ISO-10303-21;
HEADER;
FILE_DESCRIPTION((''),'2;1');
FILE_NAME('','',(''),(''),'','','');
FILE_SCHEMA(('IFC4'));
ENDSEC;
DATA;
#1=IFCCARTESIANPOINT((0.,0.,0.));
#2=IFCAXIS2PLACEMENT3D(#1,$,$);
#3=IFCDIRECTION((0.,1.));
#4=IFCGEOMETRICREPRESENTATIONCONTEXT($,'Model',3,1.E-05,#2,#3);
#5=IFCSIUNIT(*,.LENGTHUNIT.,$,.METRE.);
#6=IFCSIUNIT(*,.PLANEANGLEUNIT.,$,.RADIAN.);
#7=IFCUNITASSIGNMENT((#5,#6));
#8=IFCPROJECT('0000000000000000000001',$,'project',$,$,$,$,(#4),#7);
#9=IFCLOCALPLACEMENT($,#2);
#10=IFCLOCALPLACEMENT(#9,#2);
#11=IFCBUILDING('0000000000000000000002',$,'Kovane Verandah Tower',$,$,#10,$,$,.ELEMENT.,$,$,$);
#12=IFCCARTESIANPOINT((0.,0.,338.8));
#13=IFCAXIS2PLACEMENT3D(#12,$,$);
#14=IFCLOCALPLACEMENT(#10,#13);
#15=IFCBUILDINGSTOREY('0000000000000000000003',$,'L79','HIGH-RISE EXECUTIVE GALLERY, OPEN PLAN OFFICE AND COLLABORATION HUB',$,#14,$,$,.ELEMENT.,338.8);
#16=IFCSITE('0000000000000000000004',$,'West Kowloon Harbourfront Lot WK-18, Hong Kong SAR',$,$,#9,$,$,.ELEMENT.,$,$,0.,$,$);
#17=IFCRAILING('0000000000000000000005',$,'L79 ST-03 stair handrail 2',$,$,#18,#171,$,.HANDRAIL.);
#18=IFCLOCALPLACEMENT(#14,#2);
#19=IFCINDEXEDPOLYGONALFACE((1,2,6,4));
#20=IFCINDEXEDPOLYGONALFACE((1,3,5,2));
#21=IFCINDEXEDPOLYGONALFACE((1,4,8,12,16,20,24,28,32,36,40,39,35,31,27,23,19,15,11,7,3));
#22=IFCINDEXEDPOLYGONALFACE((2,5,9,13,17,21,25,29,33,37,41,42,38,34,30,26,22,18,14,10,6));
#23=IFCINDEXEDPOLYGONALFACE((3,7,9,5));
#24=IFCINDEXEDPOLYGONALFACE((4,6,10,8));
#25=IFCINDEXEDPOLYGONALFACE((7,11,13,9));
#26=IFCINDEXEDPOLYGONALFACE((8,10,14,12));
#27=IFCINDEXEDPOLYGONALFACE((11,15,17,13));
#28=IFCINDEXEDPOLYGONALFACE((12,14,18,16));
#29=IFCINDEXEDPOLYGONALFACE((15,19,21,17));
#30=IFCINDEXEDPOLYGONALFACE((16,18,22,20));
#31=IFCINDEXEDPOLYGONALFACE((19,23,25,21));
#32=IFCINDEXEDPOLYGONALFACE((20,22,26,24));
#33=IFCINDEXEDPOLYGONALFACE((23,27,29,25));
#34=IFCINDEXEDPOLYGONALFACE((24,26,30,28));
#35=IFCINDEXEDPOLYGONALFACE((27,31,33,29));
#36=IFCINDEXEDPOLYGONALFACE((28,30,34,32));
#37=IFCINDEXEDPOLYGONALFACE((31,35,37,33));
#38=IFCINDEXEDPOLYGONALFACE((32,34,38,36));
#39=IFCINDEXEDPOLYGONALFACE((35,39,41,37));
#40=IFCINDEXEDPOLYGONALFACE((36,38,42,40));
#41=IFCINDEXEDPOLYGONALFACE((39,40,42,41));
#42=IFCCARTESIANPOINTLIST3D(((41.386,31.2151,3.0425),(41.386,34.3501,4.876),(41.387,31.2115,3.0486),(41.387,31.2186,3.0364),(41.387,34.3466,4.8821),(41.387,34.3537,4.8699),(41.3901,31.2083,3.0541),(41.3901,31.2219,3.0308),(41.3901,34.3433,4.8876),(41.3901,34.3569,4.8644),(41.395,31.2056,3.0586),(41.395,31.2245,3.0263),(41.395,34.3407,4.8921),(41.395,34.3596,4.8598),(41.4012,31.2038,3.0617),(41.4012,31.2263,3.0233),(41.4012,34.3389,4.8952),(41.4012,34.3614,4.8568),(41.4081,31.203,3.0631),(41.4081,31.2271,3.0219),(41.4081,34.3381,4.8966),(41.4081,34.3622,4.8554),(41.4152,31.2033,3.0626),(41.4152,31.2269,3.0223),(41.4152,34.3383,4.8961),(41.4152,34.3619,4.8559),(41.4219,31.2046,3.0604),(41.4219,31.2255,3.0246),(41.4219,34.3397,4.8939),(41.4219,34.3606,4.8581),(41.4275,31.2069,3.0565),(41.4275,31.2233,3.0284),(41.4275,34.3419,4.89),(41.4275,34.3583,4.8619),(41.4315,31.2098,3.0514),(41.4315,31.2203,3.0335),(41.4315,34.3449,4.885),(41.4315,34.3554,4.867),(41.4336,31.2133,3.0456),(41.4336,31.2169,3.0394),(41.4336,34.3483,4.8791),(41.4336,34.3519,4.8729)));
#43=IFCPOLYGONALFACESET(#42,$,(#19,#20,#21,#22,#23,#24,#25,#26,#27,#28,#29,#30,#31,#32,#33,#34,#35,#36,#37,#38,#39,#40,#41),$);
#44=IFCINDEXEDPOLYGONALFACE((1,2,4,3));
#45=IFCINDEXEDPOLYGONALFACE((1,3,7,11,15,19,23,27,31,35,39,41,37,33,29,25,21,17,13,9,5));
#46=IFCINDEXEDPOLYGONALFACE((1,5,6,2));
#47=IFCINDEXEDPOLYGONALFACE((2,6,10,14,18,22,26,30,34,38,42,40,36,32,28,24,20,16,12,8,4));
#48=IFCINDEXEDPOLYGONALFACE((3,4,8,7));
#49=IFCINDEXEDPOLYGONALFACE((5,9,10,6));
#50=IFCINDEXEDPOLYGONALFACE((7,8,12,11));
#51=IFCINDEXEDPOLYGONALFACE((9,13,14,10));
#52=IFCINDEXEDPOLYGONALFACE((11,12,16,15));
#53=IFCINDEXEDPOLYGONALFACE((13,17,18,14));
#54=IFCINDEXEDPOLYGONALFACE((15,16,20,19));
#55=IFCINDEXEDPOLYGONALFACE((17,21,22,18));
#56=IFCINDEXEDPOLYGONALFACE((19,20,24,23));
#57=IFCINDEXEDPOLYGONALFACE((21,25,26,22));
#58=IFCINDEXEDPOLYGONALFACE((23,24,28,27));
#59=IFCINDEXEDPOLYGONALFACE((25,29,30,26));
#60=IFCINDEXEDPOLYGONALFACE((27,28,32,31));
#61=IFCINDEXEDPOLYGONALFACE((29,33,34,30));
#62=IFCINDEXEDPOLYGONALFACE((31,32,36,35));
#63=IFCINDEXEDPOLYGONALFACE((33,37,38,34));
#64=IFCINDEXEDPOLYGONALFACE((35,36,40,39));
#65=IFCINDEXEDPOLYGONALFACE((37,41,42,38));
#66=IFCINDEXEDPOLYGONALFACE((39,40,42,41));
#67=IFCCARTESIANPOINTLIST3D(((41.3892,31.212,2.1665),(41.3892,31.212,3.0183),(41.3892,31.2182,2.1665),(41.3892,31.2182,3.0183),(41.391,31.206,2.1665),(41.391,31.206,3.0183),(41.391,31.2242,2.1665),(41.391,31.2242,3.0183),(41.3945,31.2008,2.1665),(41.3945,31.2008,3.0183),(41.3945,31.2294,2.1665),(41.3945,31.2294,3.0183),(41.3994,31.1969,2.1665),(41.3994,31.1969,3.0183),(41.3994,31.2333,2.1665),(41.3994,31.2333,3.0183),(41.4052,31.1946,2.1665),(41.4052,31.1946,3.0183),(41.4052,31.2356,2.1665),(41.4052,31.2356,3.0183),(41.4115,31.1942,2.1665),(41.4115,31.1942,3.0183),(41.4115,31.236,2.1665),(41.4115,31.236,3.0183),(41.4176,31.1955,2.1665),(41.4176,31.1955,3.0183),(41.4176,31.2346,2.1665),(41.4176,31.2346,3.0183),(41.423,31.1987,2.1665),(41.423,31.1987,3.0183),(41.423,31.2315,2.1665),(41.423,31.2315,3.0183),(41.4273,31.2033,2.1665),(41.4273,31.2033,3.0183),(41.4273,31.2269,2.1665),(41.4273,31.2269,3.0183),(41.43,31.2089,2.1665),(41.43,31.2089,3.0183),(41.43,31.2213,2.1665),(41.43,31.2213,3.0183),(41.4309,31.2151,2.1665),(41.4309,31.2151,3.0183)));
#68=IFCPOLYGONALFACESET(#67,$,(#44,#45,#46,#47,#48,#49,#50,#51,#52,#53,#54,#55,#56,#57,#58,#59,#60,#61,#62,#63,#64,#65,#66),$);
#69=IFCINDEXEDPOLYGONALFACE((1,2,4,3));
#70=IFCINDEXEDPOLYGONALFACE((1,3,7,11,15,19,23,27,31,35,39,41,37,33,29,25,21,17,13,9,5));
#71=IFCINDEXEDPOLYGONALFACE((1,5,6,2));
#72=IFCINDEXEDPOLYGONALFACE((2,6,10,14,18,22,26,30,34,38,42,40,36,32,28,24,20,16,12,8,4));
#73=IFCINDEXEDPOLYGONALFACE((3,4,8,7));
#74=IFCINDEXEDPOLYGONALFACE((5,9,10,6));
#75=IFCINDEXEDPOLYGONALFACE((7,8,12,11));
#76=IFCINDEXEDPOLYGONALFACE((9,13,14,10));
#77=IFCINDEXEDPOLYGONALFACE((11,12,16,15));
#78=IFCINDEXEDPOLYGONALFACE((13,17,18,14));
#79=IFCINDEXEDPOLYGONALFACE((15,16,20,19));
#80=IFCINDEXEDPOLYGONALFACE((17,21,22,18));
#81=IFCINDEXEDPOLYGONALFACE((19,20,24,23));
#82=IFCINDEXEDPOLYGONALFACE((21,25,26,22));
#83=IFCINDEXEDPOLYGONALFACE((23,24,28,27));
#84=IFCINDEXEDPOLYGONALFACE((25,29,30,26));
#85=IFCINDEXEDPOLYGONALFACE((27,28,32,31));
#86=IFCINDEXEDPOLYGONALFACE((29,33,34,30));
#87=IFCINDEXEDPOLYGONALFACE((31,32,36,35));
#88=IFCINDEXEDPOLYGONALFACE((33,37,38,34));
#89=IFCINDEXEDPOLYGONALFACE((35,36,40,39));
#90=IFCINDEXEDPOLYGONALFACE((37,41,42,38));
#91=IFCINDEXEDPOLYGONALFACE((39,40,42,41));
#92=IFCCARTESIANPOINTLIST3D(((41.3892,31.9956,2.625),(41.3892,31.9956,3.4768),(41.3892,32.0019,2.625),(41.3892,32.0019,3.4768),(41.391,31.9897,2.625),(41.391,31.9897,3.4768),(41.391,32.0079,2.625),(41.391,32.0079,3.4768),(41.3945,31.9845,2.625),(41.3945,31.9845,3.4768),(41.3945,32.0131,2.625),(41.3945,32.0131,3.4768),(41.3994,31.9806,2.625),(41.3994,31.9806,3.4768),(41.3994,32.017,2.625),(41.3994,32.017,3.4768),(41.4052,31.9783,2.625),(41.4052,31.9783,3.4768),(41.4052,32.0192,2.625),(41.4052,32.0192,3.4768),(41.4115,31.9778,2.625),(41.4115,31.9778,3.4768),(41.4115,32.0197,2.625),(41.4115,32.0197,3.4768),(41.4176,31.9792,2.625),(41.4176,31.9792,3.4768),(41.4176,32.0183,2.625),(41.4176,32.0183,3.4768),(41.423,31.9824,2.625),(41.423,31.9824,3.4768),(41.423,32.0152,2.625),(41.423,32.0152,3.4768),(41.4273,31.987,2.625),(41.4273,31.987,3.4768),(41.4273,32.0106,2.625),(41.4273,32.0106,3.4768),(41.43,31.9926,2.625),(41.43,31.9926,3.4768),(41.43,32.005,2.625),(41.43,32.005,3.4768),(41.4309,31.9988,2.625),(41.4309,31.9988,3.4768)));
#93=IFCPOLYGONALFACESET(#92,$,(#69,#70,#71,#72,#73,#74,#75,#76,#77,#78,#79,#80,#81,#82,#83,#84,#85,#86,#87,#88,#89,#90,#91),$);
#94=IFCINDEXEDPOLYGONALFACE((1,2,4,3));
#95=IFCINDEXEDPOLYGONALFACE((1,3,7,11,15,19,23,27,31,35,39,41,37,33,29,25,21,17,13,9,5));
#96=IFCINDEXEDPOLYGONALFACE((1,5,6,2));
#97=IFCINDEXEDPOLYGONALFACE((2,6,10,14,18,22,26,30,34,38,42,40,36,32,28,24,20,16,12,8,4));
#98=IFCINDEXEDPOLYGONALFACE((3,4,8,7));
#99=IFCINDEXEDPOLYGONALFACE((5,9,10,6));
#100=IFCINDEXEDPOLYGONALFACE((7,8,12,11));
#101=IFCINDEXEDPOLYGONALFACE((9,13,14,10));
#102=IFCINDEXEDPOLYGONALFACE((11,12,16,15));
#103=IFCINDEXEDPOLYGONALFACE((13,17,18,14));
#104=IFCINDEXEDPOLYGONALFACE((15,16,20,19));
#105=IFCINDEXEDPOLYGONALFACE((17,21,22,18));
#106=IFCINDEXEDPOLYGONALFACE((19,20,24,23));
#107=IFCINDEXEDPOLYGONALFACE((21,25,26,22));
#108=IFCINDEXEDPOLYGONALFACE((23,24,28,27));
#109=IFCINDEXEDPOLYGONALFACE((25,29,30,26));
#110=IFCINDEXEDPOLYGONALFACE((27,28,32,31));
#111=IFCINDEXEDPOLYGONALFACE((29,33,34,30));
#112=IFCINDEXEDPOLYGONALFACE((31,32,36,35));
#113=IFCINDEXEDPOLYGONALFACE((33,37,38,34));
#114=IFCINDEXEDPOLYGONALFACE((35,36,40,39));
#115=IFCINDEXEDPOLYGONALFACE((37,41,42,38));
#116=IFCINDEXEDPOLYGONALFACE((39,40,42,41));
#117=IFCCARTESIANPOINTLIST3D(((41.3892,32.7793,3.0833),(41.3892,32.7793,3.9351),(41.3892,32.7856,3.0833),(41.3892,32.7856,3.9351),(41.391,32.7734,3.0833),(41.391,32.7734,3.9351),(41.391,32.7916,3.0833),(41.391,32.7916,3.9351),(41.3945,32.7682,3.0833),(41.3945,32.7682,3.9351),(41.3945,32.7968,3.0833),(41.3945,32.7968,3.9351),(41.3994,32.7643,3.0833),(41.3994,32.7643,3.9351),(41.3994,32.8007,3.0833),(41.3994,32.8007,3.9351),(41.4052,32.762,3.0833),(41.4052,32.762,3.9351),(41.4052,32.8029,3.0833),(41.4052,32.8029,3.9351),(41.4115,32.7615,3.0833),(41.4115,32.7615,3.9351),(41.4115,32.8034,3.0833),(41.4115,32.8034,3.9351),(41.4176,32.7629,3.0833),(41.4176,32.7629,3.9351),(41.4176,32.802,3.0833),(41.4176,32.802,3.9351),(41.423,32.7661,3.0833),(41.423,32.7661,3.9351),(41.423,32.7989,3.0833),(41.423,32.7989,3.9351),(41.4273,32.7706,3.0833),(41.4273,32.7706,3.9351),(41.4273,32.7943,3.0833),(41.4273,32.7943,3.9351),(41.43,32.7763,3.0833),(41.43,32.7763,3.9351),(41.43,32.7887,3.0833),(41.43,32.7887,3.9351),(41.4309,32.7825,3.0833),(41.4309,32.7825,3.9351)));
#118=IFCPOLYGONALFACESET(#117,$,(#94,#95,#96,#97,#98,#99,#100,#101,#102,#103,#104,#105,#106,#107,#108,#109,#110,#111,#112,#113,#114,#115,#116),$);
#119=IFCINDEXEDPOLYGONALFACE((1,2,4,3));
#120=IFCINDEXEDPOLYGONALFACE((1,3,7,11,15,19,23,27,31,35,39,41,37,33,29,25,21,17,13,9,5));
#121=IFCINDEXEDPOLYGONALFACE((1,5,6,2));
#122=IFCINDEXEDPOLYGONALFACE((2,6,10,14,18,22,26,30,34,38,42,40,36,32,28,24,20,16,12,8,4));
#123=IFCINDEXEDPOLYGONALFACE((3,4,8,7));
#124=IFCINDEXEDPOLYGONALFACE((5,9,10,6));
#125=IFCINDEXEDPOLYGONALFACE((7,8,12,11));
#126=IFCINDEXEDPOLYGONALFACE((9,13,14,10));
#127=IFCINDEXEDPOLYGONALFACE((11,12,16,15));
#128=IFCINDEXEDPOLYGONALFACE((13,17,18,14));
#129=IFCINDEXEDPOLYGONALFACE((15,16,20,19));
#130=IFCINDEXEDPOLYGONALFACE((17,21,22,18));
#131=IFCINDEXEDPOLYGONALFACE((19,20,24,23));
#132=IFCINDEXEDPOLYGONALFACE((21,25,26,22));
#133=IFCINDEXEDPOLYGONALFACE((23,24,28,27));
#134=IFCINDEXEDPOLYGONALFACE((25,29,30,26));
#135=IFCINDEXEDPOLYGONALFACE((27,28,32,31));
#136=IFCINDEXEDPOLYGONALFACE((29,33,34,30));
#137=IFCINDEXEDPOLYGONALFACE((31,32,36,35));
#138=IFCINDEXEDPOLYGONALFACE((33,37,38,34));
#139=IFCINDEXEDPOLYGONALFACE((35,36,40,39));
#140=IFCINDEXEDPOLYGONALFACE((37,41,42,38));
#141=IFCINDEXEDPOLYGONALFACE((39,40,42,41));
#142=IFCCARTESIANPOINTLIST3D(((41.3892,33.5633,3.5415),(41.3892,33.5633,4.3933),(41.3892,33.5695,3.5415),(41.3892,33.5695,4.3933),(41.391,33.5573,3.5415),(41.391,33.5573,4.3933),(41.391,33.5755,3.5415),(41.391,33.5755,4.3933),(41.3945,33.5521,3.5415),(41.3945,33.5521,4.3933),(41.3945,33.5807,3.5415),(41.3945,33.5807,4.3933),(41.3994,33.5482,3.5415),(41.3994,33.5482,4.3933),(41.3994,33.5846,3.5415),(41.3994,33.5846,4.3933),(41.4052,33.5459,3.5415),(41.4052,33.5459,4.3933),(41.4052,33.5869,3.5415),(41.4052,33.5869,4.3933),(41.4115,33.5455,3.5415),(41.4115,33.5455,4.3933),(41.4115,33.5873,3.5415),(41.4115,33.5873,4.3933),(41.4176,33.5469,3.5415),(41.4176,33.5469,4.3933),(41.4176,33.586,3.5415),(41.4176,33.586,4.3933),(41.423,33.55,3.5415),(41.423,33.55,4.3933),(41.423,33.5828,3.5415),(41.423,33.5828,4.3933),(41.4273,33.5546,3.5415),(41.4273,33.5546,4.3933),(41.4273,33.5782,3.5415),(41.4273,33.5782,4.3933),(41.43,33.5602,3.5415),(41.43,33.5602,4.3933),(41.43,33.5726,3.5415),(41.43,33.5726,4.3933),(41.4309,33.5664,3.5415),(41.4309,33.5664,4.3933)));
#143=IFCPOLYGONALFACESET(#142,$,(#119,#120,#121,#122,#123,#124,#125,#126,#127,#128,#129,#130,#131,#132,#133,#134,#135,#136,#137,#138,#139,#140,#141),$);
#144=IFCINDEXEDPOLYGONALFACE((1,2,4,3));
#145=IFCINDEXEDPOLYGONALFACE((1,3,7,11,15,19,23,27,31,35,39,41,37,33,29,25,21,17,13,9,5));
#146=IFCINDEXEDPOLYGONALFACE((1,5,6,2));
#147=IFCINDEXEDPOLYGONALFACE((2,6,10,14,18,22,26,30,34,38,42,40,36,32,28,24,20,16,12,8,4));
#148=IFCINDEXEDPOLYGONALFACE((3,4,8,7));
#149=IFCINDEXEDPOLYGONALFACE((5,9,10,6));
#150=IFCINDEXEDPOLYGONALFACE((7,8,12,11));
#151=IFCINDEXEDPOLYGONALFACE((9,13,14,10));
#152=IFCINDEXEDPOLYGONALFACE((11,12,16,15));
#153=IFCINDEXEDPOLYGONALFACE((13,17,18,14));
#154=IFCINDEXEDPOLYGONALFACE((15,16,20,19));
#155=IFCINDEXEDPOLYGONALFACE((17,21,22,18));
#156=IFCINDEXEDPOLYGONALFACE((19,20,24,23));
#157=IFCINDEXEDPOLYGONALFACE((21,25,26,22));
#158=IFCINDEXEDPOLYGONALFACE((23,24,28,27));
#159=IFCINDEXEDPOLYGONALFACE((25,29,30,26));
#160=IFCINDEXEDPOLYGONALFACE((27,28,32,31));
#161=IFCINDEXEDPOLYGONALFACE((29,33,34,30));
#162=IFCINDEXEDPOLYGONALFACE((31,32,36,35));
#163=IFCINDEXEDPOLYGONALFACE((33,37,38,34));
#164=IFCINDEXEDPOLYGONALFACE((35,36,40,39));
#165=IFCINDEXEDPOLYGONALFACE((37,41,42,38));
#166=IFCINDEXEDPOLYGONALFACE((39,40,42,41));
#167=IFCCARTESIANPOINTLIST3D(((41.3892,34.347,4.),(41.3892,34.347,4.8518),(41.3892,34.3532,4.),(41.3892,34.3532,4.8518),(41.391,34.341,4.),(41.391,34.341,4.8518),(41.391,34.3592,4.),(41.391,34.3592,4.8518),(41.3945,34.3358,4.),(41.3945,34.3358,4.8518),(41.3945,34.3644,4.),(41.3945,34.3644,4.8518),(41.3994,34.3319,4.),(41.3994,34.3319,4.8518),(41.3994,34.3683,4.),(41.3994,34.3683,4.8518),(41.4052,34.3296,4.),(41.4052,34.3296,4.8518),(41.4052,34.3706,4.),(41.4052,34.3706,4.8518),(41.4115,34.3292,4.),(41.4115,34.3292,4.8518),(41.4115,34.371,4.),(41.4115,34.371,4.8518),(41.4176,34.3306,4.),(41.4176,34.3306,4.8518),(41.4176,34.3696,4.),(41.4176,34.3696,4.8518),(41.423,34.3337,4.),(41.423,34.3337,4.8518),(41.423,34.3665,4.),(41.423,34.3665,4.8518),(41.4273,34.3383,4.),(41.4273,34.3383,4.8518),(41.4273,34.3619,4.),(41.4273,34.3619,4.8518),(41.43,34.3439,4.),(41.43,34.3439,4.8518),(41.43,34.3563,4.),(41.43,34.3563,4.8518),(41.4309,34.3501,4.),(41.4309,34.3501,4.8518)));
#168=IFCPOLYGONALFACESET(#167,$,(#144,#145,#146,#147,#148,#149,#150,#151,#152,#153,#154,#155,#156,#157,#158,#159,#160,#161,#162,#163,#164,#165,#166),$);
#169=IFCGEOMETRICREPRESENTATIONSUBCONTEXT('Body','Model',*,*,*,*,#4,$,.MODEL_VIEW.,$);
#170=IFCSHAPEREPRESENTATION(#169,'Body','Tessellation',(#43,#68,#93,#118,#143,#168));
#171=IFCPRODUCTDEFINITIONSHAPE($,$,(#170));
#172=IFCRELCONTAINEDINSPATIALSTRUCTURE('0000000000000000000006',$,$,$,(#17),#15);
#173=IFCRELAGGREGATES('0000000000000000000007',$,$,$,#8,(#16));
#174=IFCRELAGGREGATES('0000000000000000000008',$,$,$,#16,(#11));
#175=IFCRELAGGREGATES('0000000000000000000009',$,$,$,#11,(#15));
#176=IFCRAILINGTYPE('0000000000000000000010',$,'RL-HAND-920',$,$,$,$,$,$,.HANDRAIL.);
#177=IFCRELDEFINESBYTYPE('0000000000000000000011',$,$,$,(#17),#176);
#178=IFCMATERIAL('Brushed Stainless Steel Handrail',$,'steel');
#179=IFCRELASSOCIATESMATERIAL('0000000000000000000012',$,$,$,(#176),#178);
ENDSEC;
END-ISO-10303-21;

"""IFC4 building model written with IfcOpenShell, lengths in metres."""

from ifc_helpers import new_model, si_unit, direction, frame, origin, origin_2d, place, context, subcontext, project, spatial, circle, extrude, material, type_object, element, save


model = new_model("IFC4")

# Units and contexts
model_context = context("Model", 3, precision=1e-05, world=origin(), true_north=direction((0.0, 1.0)))
body_context = subcontext(model_context, "Body", "Model", "MODEL_VIEW")
ifc_project = project(units=[si_unit("LENGTHUNIT", "METRE"), si_unit("PLANEANGLEUNIT", "RADIAN")], contexts=[model_context])

# Site, building, storey
site_placement = place(None, origin())
site = spatial("IfcSite", under=ifc_project, at=site_placement, Name="West Kowloon Harbourfront Lot WK-18, Hong Kong SAR", CompositionType="ELEMENT", RefElevation=0.0)
building_placement = place(site_placement, origin())
building = spatial("IfcBuilding", under=site, at=building_placement, Name="Kovane Verandah Tower", CompositionType="ELEMENT")
storey_placement = place(building_placement, frame((0.0, 0.0, 338.8)))
storey = spatial("IfcBuildingStorey", under=building, at=storey_placement, Name="L79", Description="HIGH-RISE EXECUTIVE GALLERY, OPEN PLAN OFFICE AND COLLABORATION HUB", CompositionType="ELEMENT", Elevation=338.8)

# Railing
ifc_material_1 = material(Name="Brushed Stainless Steel Handrail", Category="steel")
railing_type_1 = type_object("IfcRailingType", Name="RL-HAND-920", PredefinedType="HANDRAIL", material=ifc_material_1)
railing_1_placement = place(storey_placement, frame((41.4099, 31.2151, 2.1665)))
element("IfcRailing", 1, at=railing_1_placement, inside=storey, type_object=railing_type_1, Name="L79 ST-03 stair handrail 2", PredefinedType="HANDRAIL", context=body_context, shape_type="SweptSolid", body=[
    extrude(circle(Radius=0.0239, at=origin_2d()), frame((0.0, 0.0, 0.876), z_axis=(0.0, 0.86321, 0.504845), x_axis=(-1.0, 0.0, 0.0)), (0.0, 0.0, 1.0), 3.6318),
    extrude(circle(Radius=0.021, at=origin_2d()), origin(), (0.0, 0.0, 1.0), 0.8518),
    extrude(circle(Radius=0.021, at=origin_2d()), frame((0.0, 0.7837, 0.4585)), (0.0, 0.0, 1.0), 0.8518),
    extrude(circle(Radius=0.021, at=origin_2d()), frame((0.0, 1.5674, 0.9167)), (0.0, 0.0, 1.0), 0.8518),
    extrude(circle(Radius=0.021, at=origin_2d()), frame((0.0, 2.3513, 1.375)), (0.0, 0.0, 1.0), 0.8518),
    extrude(circle(Radius=0.021, at=origin_2d()), frame((0.0, 3.135, 1.8335)), (0.0, 0.0, 1.0), 0.8518),
])

save(model, "model.ifc")
